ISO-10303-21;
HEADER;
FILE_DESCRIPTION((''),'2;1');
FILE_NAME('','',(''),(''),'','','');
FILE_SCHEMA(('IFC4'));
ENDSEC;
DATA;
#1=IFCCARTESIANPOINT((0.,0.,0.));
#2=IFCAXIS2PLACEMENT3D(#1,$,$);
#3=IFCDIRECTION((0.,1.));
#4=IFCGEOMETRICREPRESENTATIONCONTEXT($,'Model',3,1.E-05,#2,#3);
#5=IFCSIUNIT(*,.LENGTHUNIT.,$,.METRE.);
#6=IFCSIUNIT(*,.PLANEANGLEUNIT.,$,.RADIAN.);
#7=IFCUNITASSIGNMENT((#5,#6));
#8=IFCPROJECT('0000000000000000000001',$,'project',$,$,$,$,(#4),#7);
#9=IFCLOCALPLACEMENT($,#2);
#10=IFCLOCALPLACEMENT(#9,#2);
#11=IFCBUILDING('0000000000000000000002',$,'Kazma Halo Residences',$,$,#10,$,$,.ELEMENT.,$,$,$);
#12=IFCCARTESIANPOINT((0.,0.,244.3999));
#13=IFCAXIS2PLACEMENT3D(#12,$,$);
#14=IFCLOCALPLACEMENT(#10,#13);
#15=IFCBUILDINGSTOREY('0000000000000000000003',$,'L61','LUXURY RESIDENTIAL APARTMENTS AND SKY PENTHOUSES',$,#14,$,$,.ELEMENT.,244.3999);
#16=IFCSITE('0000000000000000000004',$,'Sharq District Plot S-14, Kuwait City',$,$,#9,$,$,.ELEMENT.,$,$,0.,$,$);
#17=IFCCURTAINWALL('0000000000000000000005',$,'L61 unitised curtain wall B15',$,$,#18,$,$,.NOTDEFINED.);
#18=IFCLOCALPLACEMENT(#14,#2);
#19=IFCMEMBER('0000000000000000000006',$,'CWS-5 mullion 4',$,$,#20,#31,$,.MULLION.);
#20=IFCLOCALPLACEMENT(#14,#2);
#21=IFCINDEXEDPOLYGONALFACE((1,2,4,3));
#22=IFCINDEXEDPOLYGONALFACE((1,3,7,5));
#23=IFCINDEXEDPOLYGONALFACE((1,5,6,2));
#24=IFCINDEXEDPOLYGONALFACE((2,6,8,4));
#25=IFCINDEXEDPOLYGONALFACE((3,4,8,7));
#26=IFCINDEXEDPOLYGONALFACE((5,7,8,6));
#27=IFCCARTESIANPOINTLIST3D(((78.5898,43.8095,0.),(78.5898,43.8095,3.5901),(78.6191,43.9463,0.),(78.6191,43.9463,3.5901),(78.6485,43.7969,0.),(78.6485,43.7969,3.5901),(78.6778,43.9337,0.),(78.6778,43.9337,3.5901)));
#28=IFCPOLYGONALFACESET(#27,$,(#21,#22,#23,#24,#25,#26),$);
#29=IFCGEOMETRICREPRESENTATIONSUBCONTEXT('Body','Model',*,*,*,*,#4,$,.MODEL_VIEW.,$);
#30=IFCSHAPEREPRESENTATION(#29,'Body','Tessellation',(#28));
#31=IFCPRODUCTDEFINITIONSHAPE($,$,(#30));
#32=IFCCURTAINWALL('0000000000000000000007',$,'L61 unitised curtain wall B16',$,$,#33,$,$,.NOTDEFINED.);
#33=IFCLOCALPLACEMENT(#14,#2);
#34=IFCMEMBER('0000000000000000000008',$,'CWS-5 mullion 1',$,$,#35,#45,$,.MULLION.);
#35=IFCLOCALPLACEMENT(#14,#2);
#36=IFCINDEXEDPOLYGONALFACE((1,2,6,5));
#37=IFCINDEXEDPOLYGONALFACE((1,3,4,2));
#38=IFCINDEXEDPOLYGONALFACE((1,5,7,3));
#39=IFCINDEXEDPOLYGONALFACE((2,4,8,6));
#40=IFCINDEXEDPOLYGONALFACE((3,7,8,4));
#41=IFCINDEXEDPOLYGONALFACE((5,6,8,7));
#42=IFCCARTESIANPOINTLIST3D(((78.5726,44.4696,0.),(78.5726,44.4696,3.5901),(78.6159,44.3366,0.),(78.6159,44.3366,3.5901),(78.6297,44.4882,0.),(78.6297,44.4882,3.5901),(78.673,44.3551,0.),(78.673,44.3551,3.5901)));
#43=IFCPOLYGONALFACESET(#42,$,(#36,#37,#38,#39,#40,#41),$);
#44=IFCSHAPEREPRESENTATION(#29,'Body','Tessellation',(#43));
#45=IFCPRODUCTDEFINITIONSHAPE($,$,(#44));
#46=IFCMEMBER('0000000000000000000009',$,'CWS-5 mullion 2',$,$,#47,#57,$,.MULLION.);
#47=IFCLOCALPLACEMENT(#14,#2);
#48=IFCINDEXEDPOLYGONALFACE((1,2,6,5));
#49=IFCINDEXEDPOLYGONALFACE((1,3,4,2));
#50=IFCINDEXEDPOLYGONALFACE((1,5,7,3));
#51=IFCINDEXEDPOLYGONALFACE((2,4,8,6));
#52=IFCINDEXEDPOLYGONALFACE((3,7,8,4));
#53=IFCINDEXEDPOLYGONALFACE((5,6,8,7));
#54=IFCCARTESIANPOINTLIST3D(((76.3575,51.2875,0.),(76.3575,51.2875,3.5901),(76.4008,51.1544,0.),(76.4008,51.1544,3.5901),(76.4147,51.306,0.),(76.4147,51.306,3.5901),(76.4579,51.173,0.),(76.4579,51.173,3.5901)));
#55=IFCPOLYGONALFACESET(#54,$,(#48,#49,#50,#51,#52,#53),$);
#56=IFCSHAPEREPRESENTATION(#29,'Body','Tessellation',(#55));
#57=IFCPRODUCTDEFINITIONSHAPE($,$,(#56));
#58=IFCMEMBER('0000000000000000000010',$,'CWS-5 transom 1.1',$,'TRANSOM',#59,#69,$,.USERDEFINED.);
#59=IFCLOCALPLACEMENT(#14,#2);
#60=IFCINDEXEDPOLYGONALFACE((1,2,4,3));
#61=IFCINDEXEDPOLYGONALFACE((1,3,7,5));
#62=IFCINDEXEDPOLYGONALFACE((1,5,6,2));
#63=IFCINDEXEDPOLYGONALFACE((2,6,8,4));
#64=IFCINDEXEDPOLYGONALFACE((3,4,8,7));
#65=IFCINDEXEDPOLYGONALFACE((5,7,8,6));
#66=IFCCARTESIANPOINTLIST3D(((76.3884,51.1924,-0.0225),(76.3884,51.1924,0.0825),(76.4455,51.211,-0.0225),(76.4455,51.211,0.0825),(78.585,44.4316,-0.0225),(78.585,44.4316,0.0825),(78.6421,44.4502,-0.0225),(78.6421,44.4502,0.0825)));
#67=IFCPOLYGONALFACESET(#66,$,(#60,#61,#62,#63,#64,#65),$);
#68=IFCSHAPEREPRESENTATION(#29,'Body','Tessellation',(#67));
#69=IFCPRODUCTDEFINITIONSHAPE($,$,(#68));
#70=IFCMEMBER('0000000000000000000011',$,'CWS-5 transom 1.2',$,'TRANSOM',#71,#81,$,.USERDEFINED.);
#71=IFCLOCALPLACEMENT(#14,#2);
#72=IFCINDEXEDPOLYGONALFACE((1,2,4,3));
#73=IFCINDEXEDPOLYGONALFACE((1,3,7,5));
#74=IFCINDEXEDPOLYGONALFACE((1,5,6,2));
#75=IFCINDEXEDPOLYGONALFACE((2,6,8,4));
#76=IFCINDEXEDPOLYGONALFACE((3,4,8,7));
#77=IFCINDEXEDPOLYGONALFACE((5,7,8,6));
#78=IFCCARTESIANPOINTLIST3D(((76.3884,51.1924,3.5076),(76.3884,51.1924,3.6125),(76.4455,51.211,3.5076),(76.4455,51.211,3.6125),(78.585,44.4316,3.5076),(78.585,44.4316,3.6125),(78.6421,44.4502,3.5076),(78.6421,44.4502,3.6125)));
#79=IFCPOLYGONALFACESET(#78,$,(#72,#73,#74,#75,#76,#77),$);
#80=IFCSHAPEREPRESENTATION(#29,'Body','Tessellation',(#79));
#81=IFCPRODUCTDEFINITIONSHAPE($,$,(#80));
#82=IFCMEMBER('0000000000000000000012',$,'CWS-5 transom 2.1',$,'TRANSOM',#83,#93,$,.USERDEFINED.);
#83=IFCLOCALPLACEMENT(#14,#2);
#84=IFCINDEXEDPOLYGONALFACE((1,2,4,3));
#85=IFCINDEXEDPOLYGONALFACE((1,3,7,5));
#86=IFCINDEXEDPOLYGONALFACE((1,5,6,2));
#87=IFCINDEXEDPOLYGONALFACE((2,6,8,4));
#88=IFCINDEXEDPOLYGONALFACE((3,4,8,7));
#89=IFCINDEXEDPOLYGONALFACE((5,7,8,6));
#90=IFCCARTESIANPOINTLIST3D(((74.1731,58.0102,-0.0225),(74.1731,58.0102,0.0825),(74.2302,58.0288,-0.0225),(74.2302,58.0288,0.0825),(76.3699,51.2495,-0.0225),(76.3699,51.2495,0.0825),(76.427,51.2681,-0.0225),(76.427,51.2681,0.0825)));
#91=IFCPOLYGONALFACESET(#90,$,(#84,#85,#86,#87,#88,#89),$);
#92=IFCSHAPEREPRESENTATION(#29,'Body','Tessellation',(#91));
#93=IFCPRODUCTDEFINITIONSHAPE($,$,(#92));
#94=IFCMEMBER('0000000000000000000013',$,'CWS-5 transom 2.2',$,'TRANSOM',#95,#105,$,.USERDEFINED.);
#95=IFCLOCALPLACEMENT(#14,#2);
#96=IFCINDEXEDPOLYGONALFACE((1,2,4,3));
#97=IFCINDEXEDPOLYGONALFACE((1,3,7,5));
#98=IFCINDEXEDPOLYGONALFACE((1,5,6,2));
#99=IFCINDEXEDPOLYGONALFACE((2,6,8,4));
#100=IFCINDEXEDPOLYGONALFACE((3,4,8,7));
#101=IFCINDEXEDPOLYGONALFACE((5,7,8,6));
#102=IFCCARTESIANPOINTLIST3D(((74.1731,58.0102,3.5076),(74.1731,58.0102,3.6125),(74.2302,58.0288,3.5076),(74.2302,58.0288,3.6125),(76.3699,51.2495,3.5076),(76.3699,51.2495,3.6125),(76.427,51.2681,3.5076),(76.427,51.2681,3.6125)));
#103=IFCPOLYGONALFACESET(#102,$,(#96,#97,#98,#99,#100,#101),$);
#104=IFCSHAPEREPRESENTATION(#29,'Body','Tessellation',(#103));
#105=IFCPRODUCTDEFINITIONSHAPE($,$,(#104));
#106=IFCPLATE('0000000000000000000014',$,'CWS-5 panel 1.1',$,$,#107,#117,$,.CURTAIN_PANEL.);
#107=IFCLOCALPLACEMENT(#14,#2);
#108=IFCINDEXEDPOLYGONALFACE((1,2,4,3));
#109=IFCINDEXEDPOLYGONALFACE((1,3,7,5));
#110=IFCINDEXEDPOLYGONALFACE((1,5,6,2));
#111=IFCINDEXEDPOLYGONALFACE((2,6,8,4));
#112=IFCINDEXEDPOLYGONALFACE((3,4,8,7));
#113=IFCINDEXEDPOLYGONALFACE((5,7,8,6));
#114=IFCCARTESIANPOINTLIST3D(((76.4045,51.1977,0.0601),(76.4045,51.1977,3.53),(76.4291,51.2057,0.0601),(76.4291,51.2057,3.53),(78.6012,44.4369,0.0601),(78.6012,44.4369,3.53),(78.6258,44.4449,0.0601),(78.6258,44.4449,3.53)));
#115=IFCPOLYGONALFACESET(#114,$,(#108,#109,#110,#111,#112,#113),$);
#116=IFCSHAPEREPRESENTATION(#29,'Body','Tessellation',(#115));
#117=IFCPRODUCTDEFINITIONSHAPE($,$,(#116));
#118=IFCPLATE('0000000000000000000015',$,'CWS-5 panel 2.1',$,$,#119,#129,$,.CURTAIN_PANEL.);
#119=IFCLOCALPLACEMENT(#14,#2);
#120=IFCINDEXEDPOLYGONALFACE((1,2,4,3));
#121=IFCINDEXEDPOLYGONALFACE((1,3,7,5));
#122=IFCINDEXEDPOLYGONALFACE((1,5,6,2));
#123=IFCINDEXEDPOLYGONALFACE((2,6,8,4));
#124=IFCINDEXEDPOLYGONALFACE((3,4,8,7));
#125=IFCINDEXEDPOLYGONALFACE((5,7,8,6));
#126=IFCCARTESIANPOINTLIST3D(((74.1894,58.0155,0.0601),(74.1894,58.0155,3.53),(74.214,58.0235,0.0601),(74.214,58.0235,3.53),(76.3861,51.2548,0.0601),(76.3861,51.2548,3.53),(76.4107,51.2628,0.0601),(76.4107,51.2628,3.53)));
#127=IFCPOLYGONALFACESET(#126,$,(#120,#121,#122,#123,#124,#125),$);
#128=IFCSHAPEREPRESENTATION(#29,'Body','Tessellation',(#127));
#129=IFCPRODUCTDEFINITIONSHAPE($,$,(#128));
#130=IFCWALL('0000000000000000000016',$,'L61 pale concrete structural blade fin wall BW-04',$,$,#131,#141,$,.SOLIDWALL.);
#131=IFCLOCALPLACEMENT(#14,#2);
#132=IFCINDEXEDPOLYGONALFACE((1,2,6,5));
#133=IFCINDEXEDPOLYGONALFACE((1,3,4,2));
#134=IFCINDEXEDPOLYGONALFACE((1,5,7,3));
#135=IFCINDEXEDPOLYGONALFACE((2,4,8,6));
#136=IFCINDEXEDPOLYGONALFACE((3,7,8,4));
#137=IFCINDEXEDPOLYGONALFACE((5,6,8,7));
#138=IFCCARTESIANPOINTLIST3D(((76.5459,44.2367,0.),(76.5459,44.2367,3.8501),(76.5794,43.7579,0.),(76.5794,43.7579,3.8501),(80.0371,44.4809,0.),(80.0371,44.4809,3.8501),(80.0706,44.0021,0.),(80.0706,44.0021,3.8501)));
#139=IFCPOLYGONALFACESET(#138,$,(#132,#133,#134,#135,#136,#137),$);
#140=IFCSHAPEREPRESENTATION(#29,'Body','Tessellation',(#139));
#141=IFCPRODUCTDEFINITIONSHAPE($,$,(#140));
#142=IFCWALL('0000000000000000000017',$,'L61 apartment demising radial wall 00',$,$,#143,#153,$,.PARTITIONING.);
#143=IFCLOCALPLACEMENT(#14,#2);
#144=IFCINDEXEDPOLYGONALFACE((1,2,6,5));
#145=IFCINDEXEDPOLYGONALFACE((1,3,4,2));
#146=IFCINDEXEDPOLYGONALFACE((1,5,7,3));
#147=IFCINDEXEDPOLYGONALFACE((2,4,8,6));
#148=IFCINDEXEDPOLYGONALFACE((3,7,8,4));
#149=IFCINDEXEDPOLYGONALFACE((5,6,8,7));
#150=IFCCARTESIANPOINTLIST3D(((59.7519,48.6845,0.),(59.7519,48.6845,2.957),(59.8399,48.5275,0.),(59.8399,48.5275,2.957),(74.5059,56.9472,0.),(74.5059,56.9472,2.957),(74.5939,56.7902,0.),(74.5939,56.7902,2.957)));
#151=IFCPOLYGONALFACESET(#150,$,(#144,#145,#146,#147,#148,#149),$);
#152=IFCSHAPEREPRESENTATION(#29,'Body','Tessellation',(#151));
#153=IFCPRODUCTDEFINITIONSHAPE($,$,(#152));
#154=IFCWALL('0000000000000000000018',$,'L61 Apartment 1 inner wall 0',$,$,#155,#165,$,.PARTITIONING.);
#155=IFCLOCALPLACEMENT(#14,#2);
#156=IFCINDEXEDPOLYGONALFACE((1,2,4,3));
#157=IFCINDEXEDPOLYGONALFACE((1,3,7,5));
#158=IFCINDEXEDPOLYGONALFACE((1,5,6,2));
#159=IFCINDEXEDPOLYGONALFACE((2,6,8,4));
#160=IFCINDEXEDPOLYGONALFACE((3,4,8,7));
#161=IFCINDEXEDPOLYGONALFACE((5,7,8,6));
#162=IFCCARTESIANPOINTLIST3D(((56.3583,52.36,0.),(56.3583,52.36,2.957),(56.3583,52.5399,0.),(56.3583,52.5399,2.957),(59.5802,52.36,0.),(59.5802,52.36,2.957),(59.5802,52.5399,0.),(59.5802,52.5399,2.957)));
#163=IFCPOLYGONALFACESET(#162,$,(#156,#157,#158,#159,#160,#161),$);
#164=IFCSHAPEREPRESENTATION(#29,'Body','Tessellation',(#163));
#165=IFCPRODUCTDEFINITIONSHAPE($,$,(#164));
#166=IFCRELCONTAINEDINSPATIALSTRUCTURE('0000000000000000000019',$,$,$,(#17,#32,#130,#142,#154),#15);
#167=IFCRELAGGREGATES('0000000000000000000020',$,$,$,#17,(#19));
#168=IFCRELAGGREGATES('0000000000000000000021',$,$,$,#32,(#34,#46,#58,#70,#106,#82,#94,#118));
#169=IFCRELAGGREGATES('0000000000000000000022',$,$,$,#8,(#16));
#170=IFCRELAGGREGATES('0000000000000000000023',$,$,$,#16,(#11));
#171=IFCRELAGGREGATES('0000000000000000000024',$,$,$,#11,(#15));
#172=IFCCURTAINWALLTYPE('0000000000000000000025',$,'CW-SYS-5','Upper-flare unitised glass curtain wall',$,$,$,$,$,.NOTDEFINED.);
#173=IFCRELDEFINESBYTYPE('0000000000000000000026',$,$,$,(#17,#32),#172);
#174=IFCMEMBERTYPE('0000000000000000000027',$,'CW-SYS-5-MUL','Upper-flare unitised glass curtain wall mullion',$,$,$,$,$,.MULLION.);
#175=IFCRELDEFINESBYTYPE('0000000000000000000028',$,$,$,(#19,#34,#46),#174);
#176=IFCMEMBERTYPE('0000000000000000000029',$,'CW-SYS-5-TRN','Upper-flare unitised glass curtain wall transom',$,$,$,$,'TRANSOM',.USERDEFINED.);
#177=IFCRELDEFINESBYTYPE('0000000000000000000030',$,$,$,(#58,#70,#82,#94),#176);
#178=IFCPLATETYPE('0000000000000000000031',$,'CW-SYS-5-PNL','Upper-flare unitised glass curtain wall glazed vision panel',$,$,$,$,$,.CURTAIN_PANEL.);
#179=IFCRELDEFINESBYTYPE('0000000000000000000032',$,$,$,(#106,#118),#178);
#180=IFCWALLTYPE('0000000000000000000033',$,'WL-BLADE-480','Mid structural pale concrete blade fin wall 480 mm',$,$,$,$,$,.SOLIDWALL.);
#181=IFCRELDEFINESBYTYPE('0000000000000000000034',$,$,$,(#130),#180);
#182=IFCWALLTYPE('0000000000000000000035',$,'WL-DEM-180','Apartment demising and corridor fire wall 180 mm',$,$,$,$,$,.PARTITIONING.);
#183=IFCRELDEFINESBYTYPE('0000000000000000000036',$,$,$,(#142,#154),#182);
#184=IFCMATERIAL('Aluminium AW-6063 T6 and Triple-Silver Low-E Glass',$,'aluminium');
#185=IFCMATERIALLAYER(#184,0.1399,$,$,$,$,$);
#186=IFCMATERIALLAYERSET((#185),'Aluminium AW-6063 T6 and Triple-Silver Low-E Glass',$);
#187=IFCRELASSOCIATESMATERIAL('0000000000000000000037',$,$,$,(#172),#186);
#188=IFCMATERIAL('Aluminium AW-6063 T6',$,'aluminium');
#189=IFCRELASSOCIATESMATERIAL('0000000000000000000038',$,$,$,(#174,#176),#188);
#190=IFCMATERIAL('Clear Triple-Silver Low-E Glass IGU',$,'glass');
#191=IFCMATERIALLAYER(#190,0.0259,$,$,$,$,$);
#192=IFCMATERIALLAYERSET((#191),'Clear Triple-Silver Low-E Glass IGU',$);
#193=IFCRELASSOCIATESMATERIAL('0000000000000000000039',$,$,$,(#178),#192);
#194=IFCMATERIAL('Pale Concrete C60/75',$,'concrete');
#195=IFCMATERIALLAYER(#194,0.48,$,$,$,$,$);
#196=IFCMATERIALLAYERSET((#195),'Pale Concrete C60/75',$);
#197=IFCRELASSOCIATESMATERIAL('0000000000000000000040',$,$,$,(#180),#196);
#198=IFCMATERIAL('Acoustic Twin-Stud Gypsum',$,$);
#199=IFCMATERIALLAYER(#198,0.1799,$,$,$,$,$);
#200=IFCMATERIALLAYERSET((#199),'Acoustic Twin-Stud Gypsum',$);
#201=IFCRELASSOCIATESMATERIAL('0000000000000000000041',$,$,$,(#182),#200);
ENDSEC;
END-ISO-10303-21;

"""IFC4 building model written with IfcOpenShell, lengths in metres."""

from ifc_helpers import new_model, si_unit, direction, frame, frame_2d, origin, origin_2d, place, context, subcontext, project, spatial, rectangle, extrude, material, layer, layer_set, material_profile, profile_set, type_object, element, aggregate, save


model = new_model("IFC4")

# Units and contexts
model_context = context("Model", 3, precision=1e-05, world=origin(), true_north=direction((0.0, 1.0)))
body_context = subcontext(model_context, "Body", "Model", "MODEL_VIEW")
ifc_project = project(units=[si_unit("LENGTHUNIT", "METRE"), si_unit("PLANEANGLEUNIT", "RADIAN")], contexts=[model_context])

# Site, building, storey
site_placement = place(None, origin())
site = spatial("IfcSite", under=ifc_project, at=site_placement, Name="Sharq District Plot S-14, Kuwait City", CompositionType="ELEMENT", RefElevation=0.0)
building_placement = place(site_placement, origin())
building = spatial("IfcBuilding", under=site, at=building_placement, Name="Kazma Halo Residences", CompositionType="ELEMENT")
storey_placement = place(building_placement, frame((0.0, 0.0, 244.3999)))
storey = spatial("IfcBuildingStorey", under=building, at=storey_placement, Name="L61", Description="LUXURY RESIDENTIAL APARTMENTS AND SKY PENTHOUSES", CompositionType="ELEMENT", Elevation=244.3999)

# Curtain wall, member
ifc_material_1 = material(Name="Aluminium AW-6063 T6 and Triple-Silver Low-E Glass", Category="aluminium")
ifc_layer_1 = layer(ifc_material_1, 0.1399)
ifc_layer_set_1 = layer_set([ifc_layer_1], Name="Aluminium AW-6063 T6 and Triple-Silver Low-E Glass")
curtain_wall_type = type_object("IfcCurtainWallType", Name="CW-SYS-5", Description="Upper-flare unitised glass curtain wall", PredefinedType="NOTDEFINED", material=ifc_layer_set_1)
curtain_wall_1_placement = place(storey_placement, origin())
curtain_wall_1 = element("IfcCurtainWall", 1, at=curtain_wall_1_placement, inside=storey, type_object=curtain_wall_type, Name="L61 unitised curtain wall B15", PredefinedType="NOTDEFINED")
ifc_material_2 = material(Name="Aluminium AW-6063 T6", Category="aluminium")
ifc_material_profile_1 = material_profile(ifc_material_2, rectangle(XDim=0.0601, YDim=0.1399, at=origin_2d()), Name="CWM-60x140")
ifc_profile_set_1 = profile_set([ifc_material_profile_1], Name="Aluminium AW-6063 T6")
member_type_1 = type_object("IfcMemberType", Name="CW-SYS-5-MUL", Description="Upper-flare unitised glass curtain wall mullion", PredefinedType="MULLION", material=ifc_profile_set_1)
member_1_placement = place(storey_placement, frame((78.6338, 43.8716, 0.0), z_axis=(0.0, 0.0, 1.0), x_axis=(-0.977775, 0.209657, 0.0)))
member_1 = element("IfcMember", 2, at=member_1_placement, type_object=member_type_1, Name="CWS-5 mullion 4", PredefinedType="MULLION", context=body_context, shape_type="SweptSolid", body=[
    extrude(rectangle(XDim=0.0601, YDim=0.1399, at=origin_2d()), origin(), (0.0, 0.0, 1.0), 3.5901),
])
aggregate(curtain_wall_1, [member_1])

# Curtain wall, members, plates
curtain_wall_2_placement = place(storey_placement, origin())
curtain_wall_2 = element("IfcCurtainWall", 3, at=curtain_wall_2_placement, inside=storey, type_object=curtain_wall_type, Name="L61 unitised curtain wall B16", PredefinedType="NOTDEFINED")
member_2_placement = place(storey_placement, frame((78.6228, 44.4124, 0.0), z_axis=(0.0, 0.0, 1.0), x_axis=(-0.951058, -0.309011, 0.0)))
member_2 = element("IfcMember", 4, at=member_2_placement, type_object=member_type_1, Name="CWS-5 mullion 1", PredefinedType="MULLION", context=body_context, shape_type="SweptSolid", body=[
    extrude(rectangle(XDim=0.0601, YDim=0.1399, at=origin_2d()), origin(), (0.0, 0.0, 1.0), 3.5901),
])
member_3_placement = place(storey_placement, frame((76.4077, 51.2302, 0.0), z_axis=(0.0, 0.0, 1.0), x_axis=(-0.951058, -0.309011, 0.0)))
member_3 = element("IfcMember", 5, at=member_3_placement, type_object=member_type_1, Name="CWS-5 mullion 2", PredefinedType="MULLION", context=body_context, shape_type="SweptSolid", body=[
    extrude(rectangle(XDim=0.0601, YDim=0.1399, at=origin_2d()), origin(), (0.0, 0.0, 1.0), 3.5901),
])
ifc_material_profile_2 = material_profile(ifc_material_2, rectangle(XDim=0.0601, YDim=0.105, at=origin_2d()), Name="CWT-60x105")
ifc_profile_set_2 = profile_set([ifc_material_profile_2], Name="Aluminium AW-6063 T6")
member_type_2 = type_object("IfcMemberType", Name="CW-SYS-5-TRN", Description="Upper-flare unitised glass curtain wall transom", ElementType="TRANSOM", PredefinedType="USERDEFINED", material=ifc_profile_set_2)
member_4_placement = place(storey_placement, frame((78.6135, 44.4409, 0.03), z_axis=(-0.308996, 0.951063, 0.0), x_axis=(-0.951063, -0.308996, 0.0)))
member_4 = element("IfcMember", 6, at=member_4_placement, type_object=member_type_2, Name="CWS-5 transom 1.1", ObjectType="TRANSOM", PredefinedType="USERDEFINED", context=body_context, shape_type="SweptSolid", body=[
    extrude(rectangle(XDim=0.0601, YDim=0.105, at=origin_2d()), origin(), (0.0, 0.0, 1.0), 7.1086),
])
member_5_placement = place(storey_placement, frame((78.6135, 44.4409, 3.5601), z_axis=(-0.308996, 0.951063, 0.0), x_axis=(-0.951063, -0.308996, 0.0)))
member_5 = element("IfcMember", 7, at=member_5_placement, type_object=member_type_2, Name="CWS-5 transom 1.2", ObjectType="TRANSOM", PredefinedType="USERDEFINED", context=body_context, shape_type="SweptSolid", body=[
    extrude(rectangle(XDim=0.0601, YDim=0.105, at=origin_2d()), origin(), (0.0, 0.0, 1.0), 7.1086),
])
member_6_placement = place(storey_placement, frame((76.3984, 51.2588, 0.03), z_axis=(-0.309027, 0.951053, 0.0), x_axis=(-0.951053, -0.309027, 0.0)))
member_6 = element("IfcMember", 8, at=member_6_placement, type_object=member_type_2, Name="CWS-5 transom 2.1", ObjectType="TRANSOM", PredefinedType="USERDEFINED", context=body_context, shape_type="SweptSolid", body=[
    extrude(rectangle(XDim=0.0601, YDim=0.105, at=origin_2d()), origin(), (0.0, 0.0, 1.0), 7.1086),
])
member_7_placement = place(storey_placement, frame((76.3984, 51.2588, 3.5601), z_axis=(-0.309027, 0.951053, 0.0), x_axis=(-0.951053, -0.309027, 0.0)))
member_7 = element("IfcMember", 9, at=member_7_placement, type_object=member_type_2, Name="CWS-5 transom 2.2", ObjectType="TRANSOM", PredefinedType="USERDEFINED", context=body_context, shape_type="SweptSolid", body=[
    extrude(rectangle(XDim=0.0601, YDim=0.105, at=origin_2d()), origin(), (0.0, 0.0, 1.0), 7.1086),
])
ifc_material_3 = material(Name="Clear Triple-Silver Low-E Glass IGU", Category="glass")
ifc_layer_2 = layer(ifc_material_3, 0.0259)
ifc_layer_set_2 = layer_set([ifc_layer_2], Name="Clear Triple-Silver Low-E Glass IGU")
plate_type = type_object("IfcPlateType", Name="CW-SYS-5-PNL", Description="Upper-flare unitised glass curtain wall glazed vision panel", PredefinedType="CURTAIN_PANEL", material=ifc_layer_set_2)
plate_1_placement = place(storey_placement, frame((77.5151, 47.8213, 0.0601), z_axis=(0.0, 0.0, 1.0), x_axis=(-0.309011, 0.951058, 0.0)))
plate_1 = element("IfcPlate", 10, at=plate_1_placement, type_object=plate_type, Name="CWS-5 panel 1.1", PredefinedType="CURTAIN_PANEL", context=body_context, shape_type="SweptSolid", body=[
    extrude(rectangle(XDim=7.1086, YDim=0.0259, at=origin_2d()), origin(), (0.0, 0.0, 1.0), 3.47),
])
plate_2_placement = place(storey_placement, frame((75.3, 54.6392, 0.0601), z_axis=(0.0, 0.0, 1.0), x_axis=(-0.309011, 0.951058, 0.0)))
plate_2 = element("IfcPlate", 11, at=plate_2_placement, type_object=plate_type, Name="CWS-5 panel 2.1", PredefinedType="CURTAIN_PANEL", context=body_context, shape_type="SweptSolid", body=[
    extrude(rectangle(XDim=7.1086, YDim=0.0259, at=origin_2d()), origin(), (0.0, 0.0, 1.0), 3.47),
])
aggregate(curtain_wall_2, [member_2, member_3, member_4, member_5, plate_1, member_6, member_7, plate_2])

# Walls
ifc_material_4 = material(Name="Pale Concrete C60/75", Category="concrete")
ifc_layer_3 = layer(ifc_material_4, 0.48)
ifc_layer_set_3 = layer_set([ifc_layer_3], Name="Pale Concrete C60/75")
wall_type_1 = type_object("IfcWallType", Name="WL-BLADE-480", Description="Mid structural pale concrete blade fin wall 480 mm", PredefinedType="SOLIDWALL", material=ifc_layer_set_3)
wall_1_placement = place(storey_placement, frame((76.5625, 43.9973, 0.0), z_axis=(0.0, 0.0, 1.0), x_axis=(0.997564, 0.06976, 0.0)))
element("IfcWall", 12, at=wall_1_placement, inside=storey, type_object=wall_type_1, Name="L61 pale concrete structural blade fin wall BW-04", PredefinedType="SOLIDWALL", context=body_context, shape_type="SweptSolid", body=[
    extrude(rectangle(XDim=3.4998, YDim=0.48, at=frame_2d((1.75, 0.0))), origin(), (0.0, 0.0, 1.0), 3.8501),
])
ifc_material_5 = material(Name="Acoustic Twin-Stud Gypsum")
ifc_layer_4 = layer(ifc_material_5, 0.1799)
ifc_layer_set_4 = layer_set([ifc_layer_4], Name="Acoustic Twin-Stud Gypsum")
wall_type_2 = type_object("IfcWallType", Name="WL-DEM-180", Description="Apartment demising and corridor fire wall 180 mm", PredefinedType="PARTITIONING", material=ifc_layer_set_4)
wall_2_placement = place(storey_placement, frame((59.7959, 48.606, 0.0), z_axis=(0.0, 0.0, 1.0), x_axis=(0.872493, 0.488626, 0.0)))
element("IfcWall", 13, at=wall_2_placement, inside=storey, type_object=wall_type_2, Name="L61 apartment demising radial wall 00", PredefinedType="PARTITIONING", context=body_context, shape_type="SweptSolid", body=[
    extrude(rectangle(XDim=16.9102, YDim=0.1799, at=frame_2d((8.4551, 0.0))), origin(), (0.0, 0.0, 1.0), 2.957),
])
wall_3_placement = place(storey_placement, frame((59.5801, 52.45, 0.0), z_axis=(0.0, 0.0, 1.0), x_axis=(-1.0, 0.0, 0.0)))
element("IfcWall", 14, at=wall_3_placement, inside=storey, type_object=wall_type_2, Name="L61 Apartment 1 inner wall 0", PredefinedType="PARTITIONING", context=body_context, shape_type="SweptSolid", body=[
    extrude(rectangle(XDim=3.2219, YDim=0.1799, at=frame_2d((1.6108, 0.0))), origin(), (0.0, 0.0, 1.0), 2.957),
])

save(model, "model.ifc")
